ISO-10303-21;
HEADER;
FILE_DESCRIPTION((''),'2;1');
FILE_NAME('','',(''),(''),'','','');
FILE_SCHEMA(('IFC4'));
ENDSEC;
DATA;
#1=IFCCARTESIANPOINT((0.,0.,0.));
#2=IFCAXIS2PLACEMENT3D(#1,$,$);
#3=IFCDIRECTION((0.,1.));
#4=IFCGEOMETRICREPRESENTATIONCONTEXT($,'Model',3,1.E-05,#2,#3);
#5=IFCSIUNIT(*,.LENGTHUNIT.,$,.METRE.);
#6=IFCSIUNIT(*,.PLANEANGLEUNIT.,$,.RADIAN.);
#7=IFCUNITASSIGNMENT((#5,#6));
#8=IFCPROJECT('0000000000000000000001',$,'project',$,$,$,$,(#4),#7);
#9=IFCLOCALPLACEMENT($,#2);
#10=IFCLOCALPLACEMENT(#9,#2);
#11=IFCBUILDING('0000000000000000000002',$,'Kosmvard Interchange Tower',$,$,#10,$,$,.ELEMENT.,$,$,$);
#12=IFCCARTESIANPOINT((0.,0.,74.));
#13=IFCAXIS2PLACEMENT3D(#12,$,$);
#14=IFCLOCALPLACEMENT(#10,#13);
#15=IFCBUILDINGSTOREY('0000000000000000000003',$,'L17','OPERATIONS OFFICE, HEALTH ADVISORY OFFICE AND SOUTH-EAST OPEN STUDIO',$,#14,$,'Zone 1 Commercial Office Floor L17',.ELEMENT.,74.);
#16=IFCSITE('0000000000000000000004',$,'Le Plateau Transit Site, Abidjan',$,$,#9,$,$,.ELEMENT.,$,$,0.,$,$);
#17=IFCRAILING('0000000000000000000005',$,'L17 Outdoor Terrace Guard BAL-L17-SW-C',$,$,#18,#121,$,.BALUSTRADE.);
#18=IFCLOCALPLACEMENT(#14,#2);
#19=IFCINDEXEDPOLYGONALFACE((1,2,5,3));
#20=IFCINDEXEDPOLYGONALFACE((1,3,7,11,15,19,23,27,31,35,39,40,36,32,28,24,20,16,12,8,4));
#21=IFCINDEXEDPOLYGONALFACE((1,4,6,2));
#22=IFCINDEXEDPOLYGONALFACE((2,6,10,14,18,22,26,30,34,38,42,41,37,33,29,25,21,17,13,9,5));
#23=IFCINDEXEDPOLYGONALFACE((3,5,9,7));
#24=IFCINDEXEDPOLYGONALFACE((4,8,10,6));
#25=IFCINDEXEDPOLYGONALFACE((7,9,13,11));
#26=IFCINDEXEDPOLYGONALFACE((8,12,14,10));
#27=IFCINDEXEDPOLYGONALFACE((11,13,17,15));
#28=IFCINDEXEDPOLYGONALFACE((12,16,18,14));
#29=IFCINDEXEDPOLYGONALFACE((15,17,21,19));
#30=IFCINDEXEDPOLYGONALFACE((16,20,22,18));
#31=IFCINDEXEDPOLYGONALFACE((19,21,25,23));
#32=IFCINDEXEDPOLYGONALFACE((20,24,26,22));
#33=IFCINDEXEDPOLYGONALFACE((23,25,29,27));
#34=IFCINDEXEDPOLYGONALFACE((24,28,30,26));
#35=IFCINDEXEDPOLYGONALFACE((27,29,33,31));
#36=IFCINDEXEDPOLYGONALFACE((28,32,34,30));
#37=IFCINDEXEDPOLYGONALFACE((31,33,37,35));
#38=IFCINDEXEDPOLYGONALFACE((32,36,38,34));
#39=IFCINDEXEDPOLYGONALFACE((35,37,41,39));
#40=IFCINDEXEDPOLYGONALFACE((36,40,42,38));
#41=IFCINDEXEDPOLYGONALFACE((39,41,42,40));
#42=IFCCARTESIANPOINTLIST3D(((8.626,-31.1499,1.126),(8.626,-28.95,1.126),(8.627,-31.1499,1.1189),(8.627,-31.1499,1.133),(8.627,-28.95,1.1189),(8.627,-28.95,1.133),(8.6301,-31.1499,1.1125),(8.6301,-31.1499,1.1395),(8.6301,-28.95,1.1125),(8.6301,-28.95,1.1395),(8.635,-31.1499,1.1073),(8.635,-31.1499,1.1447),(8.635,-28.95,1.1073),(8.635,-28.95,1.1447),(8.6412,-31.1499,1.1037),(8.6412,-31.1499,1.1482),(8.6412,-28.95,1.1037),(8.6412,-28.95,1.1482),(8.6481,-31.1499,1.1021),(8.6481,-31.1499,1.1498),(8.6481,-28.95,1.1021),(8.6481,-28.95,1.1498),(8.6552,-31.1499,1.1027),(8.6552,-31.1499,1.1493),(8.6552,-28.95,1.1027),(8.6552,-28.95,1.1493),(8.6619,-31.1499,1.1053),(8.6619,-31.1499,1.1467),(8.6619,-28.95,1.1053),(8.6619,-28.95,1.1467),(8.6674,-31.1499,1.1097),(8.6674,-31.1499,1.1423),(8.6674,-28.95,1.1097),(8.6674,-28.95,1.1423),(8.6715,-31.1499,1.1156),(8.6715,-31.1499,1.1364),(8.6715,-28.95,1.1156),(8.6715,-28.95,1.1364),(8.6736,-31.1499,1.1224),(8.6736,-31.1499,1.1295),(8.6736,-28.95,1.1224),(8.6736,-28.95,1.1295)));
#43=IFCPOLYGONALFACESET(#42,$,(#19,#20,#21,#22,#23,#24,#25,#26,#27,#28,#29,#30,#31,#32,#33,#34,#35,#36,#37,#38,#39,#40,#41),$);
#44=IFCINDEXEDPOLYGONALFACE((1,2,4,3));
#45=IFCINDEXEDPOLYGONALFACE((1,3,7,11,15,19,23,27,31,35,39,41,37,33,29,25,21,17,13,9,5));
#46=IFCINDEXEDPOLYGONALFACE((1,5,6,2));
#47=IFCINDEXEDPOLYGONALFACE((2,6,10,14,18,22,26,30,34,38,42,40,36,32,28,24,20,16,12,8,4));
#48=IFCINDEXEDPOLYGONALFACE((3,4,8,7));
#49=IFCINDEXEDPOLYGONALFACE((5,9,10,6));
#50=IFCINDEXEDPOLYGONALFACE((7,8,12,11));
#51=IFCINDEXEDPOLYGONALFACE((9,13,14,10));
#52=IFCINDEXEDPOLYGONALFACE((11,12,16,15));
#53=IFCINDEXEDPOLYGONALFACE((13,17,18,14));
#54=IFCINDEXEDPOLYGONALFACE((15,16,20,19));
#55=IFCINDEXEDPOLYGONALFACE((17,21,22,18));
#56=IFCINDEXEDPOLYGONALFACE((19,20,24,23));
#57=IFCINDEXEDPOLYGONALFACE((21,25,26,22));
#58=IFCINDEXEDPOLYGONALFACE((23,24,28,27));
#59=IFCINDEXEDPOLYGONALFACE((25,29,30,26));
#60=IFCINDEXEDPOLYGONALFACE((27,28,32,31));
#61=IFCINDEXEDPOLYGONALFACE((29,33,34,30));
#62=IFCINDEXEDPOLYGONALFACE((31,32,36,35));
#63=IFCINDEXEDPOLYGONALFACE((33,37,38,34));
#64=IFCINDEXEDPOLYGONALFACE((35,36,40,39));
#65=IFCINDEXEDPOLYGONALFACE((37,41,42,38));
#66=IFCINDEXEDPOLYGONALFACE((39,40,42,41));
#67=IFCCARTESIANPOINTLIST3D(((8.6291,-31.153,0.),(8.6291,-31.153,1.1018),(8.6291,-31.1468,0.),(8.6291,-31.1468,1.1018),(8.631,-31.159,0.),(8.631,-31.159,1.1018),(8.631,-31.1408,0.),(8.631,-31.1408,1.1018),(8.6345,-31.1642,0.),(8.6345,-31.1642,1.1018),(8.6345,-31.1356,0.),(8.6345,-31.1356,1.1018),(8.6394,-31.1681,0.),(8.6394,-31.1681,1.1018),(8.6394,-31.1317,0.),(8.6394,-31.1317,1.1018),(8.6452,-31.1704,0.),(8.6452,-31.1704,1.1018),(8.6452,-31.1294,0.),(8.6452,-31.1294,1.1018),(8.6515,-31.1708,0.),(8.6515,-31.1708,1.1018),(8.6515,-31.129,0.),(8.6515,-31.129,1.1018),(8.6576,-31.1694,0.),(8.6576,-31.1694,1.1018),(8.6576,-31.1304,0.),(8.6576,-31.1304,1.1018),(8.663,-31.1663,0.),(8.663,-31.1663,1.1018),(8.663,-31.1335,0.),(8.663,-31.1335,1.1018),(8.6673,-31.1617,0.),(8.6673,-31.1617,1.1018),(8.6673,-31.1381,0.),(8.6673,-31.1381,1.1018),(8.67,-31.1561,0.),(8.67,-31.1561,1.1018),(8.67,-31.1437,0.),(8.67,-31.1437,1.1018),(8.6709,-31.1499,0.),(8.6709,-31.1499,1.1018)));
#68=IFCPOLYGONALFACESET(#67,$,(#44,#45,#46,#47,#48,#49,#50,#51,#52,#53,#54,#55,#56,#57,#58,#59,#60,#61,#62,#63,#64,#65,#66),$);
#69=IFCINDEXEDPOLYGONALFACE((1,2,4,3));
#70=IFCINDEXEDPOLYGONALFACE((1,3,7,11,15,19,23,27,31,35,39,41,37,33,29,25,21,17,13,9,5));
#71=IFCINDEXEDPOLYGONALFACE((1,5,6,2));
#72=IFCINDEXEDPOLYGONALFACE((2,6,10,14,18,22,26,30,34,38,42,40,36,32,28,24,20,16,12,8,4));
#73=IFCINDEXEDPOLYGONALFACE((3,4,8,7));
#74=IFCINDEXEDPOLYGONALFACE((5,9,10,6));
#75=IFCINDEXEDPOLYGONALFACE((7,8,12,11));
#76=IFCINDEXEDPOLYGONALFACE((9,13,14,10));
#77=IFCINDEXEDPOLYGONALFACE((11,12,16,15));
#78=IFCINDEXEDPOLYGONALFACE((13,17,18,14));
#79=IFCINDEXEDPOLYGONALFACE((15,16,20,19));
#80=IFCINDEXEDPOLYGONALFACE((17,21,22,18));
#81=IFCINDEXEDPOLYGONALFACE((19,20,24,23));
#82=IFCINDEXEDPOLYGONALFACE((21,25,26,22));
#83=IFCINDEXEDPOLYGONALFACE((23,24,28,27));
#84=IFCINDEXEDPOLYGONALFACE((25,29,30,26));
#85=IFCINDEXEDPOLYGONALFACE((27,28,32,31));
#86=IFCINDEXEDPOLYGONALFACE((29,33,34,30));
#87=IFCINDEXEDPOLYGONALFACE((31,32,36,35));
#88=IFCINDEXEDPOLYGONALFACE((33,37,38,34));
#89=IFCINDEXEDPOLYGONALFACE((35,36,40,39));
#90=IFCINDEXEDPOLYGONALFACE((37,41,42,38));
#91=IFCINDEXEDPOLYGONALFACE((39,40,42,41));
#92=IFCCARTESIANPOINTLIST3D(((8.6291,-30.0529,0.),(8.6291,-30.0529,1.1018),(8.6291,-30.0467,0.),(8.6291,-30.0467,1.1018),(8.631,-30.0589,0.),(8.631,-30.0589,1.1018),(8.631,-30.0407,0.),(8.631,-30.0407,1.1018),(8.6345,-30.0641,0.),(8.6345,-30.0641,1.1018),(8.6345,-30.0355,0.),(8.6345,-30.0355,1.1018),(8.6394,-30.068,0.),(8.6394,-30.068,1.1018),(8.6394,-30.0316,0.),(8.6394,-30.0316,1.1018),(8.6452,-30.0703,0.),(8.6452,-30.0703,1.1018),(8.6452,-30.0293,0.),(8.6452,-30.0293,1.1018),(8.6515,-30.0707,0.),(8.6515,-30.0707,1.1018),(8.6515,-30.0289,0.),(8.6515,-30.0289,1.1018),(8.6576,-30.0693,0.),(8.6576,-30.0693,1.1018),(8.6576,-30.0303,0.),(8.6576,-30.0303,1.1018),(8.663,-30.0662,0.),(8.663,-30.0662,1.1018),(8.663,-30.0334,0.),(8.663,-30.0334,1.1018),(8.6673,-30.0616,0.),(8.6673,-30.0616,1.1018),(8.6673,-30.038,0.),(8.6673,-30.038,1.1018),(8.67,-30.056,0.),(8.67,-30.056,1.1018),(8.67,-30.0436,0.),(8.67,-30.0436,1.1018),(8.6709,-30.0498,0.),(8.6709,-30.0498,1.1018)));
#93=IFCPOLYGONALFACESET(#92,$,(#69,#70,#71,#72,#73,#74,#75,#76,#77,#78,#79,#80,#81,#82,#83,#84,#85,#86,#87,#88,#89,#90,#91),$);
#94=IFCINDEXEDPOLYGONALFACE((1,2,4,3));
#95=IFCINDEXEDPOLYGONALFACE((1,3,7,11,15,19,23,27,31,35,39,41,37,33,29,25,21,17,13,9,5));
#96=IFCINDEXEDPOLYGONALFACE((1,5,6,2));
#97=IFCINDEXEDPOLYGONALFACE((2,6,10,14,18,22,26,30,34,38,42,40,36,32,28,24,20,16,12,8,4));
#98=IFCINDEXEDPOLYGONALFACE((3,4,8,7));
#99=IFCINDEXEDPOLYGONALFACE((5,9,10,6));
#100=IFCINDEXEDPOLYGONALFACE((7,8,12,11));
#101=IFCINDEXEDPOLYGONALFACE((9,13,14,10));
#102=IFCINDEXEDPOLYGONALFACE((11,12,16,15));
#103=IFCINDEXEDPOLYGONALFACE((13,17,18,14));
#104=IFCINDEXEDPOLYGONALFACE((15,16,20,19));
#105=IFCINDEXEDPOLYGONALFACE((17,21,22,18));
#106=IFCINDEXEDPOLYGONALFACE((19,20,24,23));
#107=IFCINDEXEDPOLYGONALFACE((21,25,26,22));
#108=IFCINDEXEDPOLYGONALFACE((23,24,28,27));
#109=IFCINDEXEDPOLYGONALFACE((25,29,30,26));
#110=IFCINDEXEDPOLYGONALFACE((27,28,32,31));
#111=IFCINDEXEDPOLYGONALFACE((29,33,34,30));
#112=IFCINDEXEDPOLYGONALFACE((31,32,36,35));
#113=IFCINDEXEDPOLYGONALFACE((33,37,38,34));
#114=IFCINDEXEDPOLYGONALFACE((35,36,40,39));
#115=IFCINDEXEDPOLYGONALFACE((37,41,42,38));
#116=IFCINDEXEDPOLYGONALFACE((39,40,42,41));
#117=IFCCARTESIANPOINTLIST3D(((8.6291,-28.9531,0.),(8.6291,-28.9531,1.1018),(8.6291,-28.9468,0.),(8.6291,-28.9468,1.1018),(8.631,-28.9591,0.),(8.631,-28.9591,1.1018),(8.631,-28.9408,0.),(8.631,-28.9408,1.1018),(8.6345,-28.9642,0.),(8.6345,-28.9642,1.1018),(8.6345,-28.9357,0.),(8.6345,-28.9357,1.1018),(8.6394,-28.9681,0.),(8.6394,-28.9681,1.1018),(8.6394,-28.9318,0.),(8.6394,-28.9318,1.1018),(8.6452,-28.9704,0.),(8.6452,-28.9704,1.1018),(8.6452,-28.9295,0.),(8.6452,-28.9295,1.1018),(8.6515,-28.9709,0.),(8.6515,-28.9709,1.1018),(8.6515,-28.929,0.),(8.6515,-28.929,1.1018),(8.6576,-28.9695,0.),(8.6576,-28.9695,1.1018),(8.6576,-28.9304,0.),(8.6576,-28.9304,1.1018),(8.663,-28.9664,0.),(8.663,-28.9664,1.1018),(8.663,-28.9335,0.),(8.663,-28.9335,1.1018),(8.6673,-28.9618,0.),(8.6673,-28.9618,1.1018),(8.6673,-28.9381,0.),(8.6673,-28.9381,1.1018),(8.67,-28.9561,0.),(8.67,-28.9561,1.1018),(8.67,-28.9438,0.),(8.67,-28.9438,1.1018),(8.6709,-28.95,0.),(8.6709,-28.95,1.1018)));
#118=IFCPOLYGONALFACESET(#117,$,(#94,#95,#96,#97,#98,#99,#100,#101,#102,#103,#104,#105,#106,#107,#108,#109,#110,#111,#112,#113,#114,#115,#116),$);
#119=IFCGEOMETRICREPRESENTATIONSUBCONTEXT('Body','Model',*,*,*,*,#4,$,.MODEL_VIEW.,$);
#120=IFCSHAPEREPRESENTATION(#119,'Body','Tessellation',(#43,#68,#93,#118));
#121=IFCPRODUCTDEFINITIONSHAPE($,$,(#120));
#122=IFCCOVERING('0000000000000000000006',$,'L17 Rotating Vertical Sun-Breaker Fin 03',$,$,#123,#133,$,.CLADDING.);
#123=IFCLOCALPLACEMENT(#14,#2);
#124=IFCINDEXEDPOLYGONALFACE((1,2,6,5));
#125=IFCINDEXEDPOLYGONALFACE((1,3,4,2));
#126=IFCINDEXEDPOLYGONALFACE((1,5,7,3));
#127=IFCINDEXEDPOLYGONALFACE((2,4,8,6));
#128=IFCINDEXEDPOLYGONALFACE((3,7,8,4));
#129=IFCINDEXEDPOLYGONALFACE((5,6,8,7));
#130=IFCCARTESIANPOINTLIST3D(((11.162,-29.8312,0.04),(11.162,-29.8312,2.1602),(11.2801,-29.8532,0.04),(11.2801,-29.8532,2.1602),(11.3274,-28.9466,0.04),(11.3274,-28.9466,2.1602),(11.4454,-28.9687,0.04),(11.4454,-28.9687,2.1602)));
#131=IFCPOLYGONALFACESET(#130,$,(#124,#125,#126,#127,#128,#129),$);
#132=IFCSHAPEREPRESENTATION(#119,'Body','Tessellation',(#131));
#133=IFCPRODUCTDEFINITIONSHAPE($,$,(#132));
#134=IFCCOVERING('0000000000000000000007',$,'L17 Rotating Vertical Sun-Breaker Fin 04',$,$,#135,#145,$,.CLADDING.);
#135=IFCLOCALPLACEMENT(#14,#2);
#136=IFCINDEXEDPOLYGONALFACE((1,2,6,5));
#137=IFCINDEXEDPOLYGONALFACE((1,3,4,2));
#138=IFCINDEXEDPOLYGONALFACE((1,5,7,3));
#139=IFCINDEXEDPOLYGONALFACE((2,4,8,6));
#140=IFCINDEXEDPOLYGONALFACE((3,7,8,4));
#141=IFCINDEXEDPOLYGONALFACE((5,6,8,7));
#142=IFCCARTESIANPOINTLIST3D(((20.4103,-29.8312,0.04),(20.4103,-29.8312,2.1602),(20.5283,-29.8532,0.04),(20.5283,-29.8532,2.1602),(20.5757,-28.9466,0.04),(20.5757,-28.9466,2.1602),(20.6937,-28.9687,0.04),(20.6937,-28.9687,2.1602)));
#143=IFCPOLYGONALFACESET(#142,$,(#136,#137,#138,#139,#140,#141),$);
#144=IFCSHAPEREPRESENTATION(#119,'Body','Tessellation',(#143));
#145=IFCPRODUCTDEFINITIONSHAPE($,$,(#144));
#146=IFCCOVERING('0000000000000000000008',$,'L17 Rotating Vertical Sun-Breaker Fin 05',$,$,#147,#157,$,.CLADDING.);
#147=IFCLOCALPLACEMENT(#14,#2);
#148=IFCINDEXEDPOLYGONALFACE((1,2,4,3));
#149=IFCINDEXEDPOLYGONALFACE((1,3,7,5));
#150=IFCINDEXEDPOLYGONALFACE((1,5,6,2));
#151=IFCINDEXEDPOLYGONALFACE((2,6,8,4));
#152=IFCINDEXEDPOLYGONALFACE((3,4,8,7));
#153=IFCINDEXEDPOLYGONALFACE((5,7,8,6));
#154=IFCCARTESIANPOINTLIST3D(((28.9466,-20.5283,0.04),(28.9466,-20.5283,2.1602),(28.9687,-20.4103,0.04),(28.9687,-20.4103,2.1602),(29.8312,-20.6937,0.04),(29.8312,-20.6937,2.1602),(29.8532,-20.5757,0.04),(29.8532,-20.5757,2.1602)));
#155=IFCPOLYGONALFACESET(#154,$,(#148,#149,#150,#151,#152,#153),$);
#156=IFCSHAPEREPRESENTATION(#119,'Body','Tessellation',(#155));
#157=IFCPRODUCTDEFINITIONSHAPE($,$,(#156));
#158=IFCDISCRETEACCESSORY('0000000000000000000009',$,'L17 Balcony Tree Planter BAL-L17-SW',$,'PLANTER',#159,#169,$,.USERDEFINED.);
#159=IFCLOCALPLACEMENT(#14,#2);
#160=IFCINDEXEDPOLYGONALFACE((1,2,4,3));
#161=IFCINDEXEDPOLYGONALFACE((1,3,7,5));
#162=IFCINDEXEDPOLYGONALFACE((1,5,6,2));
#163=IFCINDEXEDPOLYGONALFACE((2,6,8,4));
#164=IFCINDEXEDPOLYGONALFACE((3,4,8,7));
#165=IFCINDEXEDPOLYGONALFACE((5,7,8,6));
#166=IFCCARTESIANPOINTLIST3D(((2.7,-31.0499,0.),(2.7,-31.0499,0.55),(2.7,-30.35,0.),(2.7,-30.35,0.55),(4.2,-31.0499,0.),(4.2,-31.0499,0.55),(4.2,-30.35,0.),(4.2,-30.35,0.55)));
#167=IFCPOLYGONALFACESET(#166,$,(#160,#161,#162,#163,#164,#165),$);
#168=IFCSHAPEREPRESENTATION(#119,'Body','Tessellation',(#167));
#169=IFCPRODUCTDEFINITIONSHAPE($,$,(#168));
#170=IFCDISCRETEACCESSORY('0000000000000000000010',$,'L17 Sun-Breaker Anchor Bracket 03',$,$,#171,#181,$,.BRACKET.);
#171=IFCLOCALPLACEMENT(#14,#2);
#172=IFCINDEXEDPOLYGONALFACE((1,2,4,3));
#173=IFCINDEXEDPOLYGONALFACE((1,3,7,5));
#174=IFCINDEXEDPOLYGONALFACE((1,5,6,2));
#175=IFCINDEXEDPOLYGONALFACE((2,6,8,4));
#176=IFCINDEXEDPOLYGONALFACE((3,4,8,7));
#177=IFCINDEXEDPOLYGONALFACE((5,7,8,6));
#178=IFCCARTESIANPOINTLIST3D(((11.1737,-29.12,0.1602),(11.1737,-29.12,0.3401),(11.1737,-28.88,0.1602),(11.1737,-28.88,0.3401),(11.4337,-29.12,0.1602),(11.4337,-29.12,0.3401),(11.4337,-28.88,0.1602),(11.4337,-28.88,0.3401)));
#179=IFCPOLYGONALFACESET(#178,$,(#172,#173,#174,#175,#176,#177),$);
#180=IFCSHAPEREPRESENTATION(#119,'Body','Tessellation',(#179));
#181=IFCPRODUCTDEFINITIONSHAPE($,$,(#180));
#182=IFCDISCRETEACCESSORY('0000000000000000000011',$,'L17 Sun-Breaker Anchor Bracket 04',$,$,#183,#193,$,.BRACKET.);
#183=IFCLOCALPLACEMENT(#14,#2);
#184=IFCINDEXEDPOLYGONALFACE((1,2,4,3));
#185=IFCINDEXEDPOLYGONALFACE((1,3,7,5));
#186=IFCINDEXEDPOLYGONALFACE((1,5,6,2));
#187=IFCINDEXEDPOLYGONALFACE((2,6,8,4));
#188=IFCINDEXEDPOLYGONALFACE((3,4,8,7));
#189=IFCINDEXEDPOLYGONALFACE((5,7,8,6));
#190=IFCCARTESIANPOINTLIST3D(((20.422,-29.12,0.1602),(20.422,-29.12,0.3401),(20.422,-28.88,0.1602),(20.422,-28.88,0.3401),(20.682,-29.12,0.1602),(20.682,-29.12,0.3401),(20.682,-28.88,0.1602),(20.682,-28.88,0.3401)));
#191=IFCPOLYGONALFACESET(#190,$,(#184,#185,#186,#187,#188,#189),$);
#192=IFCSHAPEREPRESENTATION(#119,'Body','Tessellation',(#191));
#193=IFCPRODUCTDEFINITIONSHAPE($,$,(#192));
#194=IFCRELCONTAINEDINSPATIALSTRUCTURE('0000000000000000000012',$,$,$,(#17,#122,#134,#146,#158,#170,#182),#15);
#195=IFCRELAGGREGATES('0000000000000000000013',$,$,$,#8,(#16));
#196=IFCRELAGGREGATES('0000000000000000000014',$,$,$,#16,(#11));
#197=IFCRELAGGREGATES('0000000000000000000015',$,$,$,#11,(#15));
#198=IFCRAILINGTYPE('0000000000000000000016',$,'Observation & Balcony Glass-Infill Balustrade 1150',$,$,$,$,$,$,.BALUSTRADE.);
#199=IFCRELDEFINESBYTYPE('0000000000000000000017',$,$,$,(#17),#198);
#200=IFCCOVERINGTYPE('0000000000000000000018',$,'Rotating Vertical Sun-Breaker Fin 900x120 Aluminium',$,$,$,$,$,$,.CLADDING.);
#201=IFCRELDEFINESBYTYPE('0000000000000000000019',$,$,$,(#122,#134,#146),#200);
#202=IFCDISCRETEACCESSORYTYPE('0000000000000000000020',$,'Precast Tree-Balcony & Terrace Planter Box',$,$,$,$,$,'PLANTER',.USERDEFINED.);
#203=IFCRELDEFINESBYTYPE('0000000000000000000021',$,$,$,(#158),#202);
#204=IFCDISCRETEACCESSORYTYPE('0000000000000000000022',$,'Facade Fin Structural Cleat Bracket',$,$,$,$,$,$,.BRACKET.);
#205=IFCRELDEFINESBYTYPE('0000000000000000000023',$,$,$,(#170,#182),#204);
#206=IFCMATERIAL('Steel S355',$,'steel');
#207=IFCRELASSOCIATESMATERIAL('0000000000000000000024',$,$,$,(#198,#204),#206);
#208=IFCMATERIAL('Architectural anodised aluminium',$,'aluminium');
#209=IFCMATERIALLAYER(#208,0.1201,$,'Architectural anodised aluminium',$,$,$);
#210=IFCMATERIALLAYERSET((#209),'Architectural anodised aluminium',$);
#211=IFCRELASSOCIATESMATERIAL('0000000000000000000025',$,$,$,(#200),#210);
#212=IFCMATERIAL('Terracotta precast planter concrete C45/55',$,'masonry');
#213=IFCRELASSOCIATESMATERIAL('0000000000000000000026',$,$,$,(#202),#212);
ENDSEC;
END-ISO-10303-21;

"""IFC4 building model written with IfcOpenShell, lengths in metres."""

from ifc_helpers import new_model, si_unit, direction, frame, origin, origin_2d, place, context, subcontext, project, spatial, rectangle, circle, extrude, source, transform, mapped, material, layer, layer_set, type_object, element, save


model = new_model("IFC4")

# Units and contexts
model_context = context("Model", 3, precision=1e-05, world=origin(), true_north=direction((0.0, 1.0)))
body_context = subcontext(model_context, "Body", "Model", "MODEL_VIEW")
ifc_project = project(units=[si_unit("LENGTHUNIT", "METRE"), si_unit("PLANEANGLEUNIT", "RADIAN")], contexts=[model_context])

# Site, building, storey
site_placement = place(None, origin())
site = spatial("IfcSite", under=ifc_project, at=site_placement, Name="Le Plateau Transit Site, Abidjan", CompositionType="ELEMENT", RefElevation=0.0)
building_placement = place(site_placement, origin())
building = spatial("IfcBuilding", under=site, at=building_placement, Name="Kosmvard Interchange Tower", CompositionType="ELEMENT")
storey_placement = place(building_placement, frame((0.0, 0.0, 74.0)))
storey = spatial("IfcBuildingStorey", under=building, at=storey_placement, Name="L17", Description="OPERATIONS OFFICE, HEALTH ADVISORY OFFICE AND SOUTH-EAST OPEN STUDIO", LongName="Zone 1 Commercial Office Floor L17", CompositionType="ELEMENT", Elevation=74.0)

# Shared definitions
ifc_material_1 = material(Name="Steel S355", Category="steel")

# Railing
railing_type = type_object("IfcRailingType", Name="Observation & Balcony Glass-Infill Balustrade 1150", PredefinedType="BALUSTRADE", material=ifc_material_1)
shared_shape_1 = source(origin(), body_context, "Body", "SweptSolid", [
    extrude(circle(Radius=0.0239, at=origin_2d()), frame((0.0, 0.0, 1.126), z_axis=(0.0, 1.0, 0.0), x_axis=(-1.0, 0.0, 0.0)), (0.0, 0.0, 1.0), 2.2),
    extrude(circle(Radius=0.021, at=origin_2d()), origin(), (0.0, 0.0, 1.0), 1.1018),
    extrude(circle(Radius=0.021, at=origin_2d()), frame((0.0, 1.1001, 0.0)), (0.0, 0.0, 1.0), 1.1018),
    extrude(circle(Radius=0.021, at=origin_2d()), frame((0.0, 2.2, 0.0)), (0.0, 0.0, 1.0), 1.1018),
])
railing_1_placement = place(storey_placement, frame((8.6499, -31.1499, 0.0)))
element("IfcRailing", 1, at=railing_1_placement, inside=storey, type_object=railing_type, Name="L17 Outdoor Terrace Guard BAL-L17-SW-C", PredefinedType="BALUSTRADE", context=body_context, shape_type="MappedRepresentation", body=[
    mapped(shared_shape_1, transform((0.0, 0.0, 0.0), scale=1.0)),
])

# Coverings
ifc_material_2 = material(Name="Architectural anodised aluminium", Category="aluminium")
ifc_layer_1 = layer(ifc_material_2, 0.1201, Name="Architectural anodised aluminium")
ifc_layer_set_1 = layer_set([ifc_layer_1], Name="Architectural anodised aluminium")
covering_type = type_object("IfcCoveringType", Name="Rotating Vertical Sun-Breaker Fin 900x120 Aluminium", PredefinedType="CLADDING", material=ifc_layer_set_1)
shared_shape_2 = source(origin(), body_context, "Body", "SweptSolid", [
    extrude(rectangle(XDim=0.8999, YDim=0.1201, at=origin_2d()), origin(), (0.0, 0.0, 1.0), 2.1201),
])
for number, where, z_axis, x_axis, name in (
    (2, (11.3037, -29.3999, 0.04), (0.0, 0.0, 1.0), (-0.18378, -0.982967, 0.0), "L17 Rotating Vertical Sun-Breaker Fin 03"),
    (3, (20.552, -29.3999, 0.04), (0.0, 0.0, 1.0), (-0.18378, -0.982967, 0.0), "L17 Rotating Vertical Sun-Breaker Fin 04"),
    (4, (29.3999, -20.552, 0.04), (0.0, 0.0, 1.0), (0.982967, -0.18378, 0.0), "L17 Rotating Vertical Sun-Breaker Fin 05"),
):
    element("IfcCovering", number, at=place(storey_placement, frame(where, z_axis=z_axis, x_axis=x_axis)), inside=storey, type_object=covering_type, Name=name, PredefinedType="CLADDING", context=body_context, shape_type="MappedRepresentation", body=[
        mapped(shared_shape_2, transform((0.0, 0.0, 0.0), scale=1.0)),
    ])

# Discrete accessories
ifc_material_3 = material(Name="Terracotta precast planter concrete C45/55", Category="masonry")
discrete_accessory_type_1 = type_object("IfcDiscreteAccessoryType", Name="Precast Tree-Balcony & Terrace Planter Box", ElementType="PLANTER", PredefinedType="USERDEFINED", material=ifc_material_3)
shared_shape_3 = source(origin(), body_context, "Body", "SweptSolid", [
    extrude(rectangle(XDim=1.5, YDim=0.7, at=origin_2d()), origin(), (0.0, 0.0, 1.0), 0.55),
])
discrete_accessory_placement = place(storey_placement, frame((3.45, -30.7, 0.0), z_axis=(0.0, 0.0, 1.0), x_axis=(1.0, 0.0, 0.0)))
element("IfcDiscreteAccessory", 5, at=discrete_accessory_placement, inside=storey, type_object=discrete_accessory_type_1, Name="L17 Balcony Tree Planter BAL-L17-SW", ObjectType="PLANTER", PredefinedType="USERDEFINED", context=body_context, shape_type="MappedRepresentation", body=[
    mapped(shared_shape_3, transform((0.0, 0.0, 0.0), scale=1.0)),
])
discrete_accessory_type_2 = type_object("IfcDiscreteAccessoryType", Name="Facade Fin Structural Cleat Bracket", PredefinedType="BRACKET", material=ifc_material_1)
shared_shape_4 = source(origin(), body_context, "Body", "SweptSolid", [
    extrude(rectangle(XDim=0.24, YDim=0.26, at=origin_2d()), origin(), (0.0, 0.0, 1.0), 0.1799),
])
for number, where, z_axis, x_axis, name in (
    (6, (11.3037, -29.0, 0.1602), (0.0, 0.0, 1.0), (0.0, -1.0, 0.0), "L17 Sun-Breaker Anchor Bracket 03"),
    (7, (20.552, -29.0, 0.1602), (0.0, 0.0, 1.0), (0.0, -1.0, 0.0), "L17 Sun-Breaker Anchor Bracket 04"),
):
    element("IfcDiscreteAccessory", number, at=place(storey_placement, frame(where, z_axis=z_axis, x_axis=x_axis)), inside=storey, type_object=discrete_accessory_type_2, Name=name, PredefinedType="BRACKET", context=body_context, shape_type="MappedRepresentation", body=[
        mapped(shared_shape_4, transform((0.0, 0.0, 0.0), scale=1.0)),
    ])

save(model, "model.ifc")
